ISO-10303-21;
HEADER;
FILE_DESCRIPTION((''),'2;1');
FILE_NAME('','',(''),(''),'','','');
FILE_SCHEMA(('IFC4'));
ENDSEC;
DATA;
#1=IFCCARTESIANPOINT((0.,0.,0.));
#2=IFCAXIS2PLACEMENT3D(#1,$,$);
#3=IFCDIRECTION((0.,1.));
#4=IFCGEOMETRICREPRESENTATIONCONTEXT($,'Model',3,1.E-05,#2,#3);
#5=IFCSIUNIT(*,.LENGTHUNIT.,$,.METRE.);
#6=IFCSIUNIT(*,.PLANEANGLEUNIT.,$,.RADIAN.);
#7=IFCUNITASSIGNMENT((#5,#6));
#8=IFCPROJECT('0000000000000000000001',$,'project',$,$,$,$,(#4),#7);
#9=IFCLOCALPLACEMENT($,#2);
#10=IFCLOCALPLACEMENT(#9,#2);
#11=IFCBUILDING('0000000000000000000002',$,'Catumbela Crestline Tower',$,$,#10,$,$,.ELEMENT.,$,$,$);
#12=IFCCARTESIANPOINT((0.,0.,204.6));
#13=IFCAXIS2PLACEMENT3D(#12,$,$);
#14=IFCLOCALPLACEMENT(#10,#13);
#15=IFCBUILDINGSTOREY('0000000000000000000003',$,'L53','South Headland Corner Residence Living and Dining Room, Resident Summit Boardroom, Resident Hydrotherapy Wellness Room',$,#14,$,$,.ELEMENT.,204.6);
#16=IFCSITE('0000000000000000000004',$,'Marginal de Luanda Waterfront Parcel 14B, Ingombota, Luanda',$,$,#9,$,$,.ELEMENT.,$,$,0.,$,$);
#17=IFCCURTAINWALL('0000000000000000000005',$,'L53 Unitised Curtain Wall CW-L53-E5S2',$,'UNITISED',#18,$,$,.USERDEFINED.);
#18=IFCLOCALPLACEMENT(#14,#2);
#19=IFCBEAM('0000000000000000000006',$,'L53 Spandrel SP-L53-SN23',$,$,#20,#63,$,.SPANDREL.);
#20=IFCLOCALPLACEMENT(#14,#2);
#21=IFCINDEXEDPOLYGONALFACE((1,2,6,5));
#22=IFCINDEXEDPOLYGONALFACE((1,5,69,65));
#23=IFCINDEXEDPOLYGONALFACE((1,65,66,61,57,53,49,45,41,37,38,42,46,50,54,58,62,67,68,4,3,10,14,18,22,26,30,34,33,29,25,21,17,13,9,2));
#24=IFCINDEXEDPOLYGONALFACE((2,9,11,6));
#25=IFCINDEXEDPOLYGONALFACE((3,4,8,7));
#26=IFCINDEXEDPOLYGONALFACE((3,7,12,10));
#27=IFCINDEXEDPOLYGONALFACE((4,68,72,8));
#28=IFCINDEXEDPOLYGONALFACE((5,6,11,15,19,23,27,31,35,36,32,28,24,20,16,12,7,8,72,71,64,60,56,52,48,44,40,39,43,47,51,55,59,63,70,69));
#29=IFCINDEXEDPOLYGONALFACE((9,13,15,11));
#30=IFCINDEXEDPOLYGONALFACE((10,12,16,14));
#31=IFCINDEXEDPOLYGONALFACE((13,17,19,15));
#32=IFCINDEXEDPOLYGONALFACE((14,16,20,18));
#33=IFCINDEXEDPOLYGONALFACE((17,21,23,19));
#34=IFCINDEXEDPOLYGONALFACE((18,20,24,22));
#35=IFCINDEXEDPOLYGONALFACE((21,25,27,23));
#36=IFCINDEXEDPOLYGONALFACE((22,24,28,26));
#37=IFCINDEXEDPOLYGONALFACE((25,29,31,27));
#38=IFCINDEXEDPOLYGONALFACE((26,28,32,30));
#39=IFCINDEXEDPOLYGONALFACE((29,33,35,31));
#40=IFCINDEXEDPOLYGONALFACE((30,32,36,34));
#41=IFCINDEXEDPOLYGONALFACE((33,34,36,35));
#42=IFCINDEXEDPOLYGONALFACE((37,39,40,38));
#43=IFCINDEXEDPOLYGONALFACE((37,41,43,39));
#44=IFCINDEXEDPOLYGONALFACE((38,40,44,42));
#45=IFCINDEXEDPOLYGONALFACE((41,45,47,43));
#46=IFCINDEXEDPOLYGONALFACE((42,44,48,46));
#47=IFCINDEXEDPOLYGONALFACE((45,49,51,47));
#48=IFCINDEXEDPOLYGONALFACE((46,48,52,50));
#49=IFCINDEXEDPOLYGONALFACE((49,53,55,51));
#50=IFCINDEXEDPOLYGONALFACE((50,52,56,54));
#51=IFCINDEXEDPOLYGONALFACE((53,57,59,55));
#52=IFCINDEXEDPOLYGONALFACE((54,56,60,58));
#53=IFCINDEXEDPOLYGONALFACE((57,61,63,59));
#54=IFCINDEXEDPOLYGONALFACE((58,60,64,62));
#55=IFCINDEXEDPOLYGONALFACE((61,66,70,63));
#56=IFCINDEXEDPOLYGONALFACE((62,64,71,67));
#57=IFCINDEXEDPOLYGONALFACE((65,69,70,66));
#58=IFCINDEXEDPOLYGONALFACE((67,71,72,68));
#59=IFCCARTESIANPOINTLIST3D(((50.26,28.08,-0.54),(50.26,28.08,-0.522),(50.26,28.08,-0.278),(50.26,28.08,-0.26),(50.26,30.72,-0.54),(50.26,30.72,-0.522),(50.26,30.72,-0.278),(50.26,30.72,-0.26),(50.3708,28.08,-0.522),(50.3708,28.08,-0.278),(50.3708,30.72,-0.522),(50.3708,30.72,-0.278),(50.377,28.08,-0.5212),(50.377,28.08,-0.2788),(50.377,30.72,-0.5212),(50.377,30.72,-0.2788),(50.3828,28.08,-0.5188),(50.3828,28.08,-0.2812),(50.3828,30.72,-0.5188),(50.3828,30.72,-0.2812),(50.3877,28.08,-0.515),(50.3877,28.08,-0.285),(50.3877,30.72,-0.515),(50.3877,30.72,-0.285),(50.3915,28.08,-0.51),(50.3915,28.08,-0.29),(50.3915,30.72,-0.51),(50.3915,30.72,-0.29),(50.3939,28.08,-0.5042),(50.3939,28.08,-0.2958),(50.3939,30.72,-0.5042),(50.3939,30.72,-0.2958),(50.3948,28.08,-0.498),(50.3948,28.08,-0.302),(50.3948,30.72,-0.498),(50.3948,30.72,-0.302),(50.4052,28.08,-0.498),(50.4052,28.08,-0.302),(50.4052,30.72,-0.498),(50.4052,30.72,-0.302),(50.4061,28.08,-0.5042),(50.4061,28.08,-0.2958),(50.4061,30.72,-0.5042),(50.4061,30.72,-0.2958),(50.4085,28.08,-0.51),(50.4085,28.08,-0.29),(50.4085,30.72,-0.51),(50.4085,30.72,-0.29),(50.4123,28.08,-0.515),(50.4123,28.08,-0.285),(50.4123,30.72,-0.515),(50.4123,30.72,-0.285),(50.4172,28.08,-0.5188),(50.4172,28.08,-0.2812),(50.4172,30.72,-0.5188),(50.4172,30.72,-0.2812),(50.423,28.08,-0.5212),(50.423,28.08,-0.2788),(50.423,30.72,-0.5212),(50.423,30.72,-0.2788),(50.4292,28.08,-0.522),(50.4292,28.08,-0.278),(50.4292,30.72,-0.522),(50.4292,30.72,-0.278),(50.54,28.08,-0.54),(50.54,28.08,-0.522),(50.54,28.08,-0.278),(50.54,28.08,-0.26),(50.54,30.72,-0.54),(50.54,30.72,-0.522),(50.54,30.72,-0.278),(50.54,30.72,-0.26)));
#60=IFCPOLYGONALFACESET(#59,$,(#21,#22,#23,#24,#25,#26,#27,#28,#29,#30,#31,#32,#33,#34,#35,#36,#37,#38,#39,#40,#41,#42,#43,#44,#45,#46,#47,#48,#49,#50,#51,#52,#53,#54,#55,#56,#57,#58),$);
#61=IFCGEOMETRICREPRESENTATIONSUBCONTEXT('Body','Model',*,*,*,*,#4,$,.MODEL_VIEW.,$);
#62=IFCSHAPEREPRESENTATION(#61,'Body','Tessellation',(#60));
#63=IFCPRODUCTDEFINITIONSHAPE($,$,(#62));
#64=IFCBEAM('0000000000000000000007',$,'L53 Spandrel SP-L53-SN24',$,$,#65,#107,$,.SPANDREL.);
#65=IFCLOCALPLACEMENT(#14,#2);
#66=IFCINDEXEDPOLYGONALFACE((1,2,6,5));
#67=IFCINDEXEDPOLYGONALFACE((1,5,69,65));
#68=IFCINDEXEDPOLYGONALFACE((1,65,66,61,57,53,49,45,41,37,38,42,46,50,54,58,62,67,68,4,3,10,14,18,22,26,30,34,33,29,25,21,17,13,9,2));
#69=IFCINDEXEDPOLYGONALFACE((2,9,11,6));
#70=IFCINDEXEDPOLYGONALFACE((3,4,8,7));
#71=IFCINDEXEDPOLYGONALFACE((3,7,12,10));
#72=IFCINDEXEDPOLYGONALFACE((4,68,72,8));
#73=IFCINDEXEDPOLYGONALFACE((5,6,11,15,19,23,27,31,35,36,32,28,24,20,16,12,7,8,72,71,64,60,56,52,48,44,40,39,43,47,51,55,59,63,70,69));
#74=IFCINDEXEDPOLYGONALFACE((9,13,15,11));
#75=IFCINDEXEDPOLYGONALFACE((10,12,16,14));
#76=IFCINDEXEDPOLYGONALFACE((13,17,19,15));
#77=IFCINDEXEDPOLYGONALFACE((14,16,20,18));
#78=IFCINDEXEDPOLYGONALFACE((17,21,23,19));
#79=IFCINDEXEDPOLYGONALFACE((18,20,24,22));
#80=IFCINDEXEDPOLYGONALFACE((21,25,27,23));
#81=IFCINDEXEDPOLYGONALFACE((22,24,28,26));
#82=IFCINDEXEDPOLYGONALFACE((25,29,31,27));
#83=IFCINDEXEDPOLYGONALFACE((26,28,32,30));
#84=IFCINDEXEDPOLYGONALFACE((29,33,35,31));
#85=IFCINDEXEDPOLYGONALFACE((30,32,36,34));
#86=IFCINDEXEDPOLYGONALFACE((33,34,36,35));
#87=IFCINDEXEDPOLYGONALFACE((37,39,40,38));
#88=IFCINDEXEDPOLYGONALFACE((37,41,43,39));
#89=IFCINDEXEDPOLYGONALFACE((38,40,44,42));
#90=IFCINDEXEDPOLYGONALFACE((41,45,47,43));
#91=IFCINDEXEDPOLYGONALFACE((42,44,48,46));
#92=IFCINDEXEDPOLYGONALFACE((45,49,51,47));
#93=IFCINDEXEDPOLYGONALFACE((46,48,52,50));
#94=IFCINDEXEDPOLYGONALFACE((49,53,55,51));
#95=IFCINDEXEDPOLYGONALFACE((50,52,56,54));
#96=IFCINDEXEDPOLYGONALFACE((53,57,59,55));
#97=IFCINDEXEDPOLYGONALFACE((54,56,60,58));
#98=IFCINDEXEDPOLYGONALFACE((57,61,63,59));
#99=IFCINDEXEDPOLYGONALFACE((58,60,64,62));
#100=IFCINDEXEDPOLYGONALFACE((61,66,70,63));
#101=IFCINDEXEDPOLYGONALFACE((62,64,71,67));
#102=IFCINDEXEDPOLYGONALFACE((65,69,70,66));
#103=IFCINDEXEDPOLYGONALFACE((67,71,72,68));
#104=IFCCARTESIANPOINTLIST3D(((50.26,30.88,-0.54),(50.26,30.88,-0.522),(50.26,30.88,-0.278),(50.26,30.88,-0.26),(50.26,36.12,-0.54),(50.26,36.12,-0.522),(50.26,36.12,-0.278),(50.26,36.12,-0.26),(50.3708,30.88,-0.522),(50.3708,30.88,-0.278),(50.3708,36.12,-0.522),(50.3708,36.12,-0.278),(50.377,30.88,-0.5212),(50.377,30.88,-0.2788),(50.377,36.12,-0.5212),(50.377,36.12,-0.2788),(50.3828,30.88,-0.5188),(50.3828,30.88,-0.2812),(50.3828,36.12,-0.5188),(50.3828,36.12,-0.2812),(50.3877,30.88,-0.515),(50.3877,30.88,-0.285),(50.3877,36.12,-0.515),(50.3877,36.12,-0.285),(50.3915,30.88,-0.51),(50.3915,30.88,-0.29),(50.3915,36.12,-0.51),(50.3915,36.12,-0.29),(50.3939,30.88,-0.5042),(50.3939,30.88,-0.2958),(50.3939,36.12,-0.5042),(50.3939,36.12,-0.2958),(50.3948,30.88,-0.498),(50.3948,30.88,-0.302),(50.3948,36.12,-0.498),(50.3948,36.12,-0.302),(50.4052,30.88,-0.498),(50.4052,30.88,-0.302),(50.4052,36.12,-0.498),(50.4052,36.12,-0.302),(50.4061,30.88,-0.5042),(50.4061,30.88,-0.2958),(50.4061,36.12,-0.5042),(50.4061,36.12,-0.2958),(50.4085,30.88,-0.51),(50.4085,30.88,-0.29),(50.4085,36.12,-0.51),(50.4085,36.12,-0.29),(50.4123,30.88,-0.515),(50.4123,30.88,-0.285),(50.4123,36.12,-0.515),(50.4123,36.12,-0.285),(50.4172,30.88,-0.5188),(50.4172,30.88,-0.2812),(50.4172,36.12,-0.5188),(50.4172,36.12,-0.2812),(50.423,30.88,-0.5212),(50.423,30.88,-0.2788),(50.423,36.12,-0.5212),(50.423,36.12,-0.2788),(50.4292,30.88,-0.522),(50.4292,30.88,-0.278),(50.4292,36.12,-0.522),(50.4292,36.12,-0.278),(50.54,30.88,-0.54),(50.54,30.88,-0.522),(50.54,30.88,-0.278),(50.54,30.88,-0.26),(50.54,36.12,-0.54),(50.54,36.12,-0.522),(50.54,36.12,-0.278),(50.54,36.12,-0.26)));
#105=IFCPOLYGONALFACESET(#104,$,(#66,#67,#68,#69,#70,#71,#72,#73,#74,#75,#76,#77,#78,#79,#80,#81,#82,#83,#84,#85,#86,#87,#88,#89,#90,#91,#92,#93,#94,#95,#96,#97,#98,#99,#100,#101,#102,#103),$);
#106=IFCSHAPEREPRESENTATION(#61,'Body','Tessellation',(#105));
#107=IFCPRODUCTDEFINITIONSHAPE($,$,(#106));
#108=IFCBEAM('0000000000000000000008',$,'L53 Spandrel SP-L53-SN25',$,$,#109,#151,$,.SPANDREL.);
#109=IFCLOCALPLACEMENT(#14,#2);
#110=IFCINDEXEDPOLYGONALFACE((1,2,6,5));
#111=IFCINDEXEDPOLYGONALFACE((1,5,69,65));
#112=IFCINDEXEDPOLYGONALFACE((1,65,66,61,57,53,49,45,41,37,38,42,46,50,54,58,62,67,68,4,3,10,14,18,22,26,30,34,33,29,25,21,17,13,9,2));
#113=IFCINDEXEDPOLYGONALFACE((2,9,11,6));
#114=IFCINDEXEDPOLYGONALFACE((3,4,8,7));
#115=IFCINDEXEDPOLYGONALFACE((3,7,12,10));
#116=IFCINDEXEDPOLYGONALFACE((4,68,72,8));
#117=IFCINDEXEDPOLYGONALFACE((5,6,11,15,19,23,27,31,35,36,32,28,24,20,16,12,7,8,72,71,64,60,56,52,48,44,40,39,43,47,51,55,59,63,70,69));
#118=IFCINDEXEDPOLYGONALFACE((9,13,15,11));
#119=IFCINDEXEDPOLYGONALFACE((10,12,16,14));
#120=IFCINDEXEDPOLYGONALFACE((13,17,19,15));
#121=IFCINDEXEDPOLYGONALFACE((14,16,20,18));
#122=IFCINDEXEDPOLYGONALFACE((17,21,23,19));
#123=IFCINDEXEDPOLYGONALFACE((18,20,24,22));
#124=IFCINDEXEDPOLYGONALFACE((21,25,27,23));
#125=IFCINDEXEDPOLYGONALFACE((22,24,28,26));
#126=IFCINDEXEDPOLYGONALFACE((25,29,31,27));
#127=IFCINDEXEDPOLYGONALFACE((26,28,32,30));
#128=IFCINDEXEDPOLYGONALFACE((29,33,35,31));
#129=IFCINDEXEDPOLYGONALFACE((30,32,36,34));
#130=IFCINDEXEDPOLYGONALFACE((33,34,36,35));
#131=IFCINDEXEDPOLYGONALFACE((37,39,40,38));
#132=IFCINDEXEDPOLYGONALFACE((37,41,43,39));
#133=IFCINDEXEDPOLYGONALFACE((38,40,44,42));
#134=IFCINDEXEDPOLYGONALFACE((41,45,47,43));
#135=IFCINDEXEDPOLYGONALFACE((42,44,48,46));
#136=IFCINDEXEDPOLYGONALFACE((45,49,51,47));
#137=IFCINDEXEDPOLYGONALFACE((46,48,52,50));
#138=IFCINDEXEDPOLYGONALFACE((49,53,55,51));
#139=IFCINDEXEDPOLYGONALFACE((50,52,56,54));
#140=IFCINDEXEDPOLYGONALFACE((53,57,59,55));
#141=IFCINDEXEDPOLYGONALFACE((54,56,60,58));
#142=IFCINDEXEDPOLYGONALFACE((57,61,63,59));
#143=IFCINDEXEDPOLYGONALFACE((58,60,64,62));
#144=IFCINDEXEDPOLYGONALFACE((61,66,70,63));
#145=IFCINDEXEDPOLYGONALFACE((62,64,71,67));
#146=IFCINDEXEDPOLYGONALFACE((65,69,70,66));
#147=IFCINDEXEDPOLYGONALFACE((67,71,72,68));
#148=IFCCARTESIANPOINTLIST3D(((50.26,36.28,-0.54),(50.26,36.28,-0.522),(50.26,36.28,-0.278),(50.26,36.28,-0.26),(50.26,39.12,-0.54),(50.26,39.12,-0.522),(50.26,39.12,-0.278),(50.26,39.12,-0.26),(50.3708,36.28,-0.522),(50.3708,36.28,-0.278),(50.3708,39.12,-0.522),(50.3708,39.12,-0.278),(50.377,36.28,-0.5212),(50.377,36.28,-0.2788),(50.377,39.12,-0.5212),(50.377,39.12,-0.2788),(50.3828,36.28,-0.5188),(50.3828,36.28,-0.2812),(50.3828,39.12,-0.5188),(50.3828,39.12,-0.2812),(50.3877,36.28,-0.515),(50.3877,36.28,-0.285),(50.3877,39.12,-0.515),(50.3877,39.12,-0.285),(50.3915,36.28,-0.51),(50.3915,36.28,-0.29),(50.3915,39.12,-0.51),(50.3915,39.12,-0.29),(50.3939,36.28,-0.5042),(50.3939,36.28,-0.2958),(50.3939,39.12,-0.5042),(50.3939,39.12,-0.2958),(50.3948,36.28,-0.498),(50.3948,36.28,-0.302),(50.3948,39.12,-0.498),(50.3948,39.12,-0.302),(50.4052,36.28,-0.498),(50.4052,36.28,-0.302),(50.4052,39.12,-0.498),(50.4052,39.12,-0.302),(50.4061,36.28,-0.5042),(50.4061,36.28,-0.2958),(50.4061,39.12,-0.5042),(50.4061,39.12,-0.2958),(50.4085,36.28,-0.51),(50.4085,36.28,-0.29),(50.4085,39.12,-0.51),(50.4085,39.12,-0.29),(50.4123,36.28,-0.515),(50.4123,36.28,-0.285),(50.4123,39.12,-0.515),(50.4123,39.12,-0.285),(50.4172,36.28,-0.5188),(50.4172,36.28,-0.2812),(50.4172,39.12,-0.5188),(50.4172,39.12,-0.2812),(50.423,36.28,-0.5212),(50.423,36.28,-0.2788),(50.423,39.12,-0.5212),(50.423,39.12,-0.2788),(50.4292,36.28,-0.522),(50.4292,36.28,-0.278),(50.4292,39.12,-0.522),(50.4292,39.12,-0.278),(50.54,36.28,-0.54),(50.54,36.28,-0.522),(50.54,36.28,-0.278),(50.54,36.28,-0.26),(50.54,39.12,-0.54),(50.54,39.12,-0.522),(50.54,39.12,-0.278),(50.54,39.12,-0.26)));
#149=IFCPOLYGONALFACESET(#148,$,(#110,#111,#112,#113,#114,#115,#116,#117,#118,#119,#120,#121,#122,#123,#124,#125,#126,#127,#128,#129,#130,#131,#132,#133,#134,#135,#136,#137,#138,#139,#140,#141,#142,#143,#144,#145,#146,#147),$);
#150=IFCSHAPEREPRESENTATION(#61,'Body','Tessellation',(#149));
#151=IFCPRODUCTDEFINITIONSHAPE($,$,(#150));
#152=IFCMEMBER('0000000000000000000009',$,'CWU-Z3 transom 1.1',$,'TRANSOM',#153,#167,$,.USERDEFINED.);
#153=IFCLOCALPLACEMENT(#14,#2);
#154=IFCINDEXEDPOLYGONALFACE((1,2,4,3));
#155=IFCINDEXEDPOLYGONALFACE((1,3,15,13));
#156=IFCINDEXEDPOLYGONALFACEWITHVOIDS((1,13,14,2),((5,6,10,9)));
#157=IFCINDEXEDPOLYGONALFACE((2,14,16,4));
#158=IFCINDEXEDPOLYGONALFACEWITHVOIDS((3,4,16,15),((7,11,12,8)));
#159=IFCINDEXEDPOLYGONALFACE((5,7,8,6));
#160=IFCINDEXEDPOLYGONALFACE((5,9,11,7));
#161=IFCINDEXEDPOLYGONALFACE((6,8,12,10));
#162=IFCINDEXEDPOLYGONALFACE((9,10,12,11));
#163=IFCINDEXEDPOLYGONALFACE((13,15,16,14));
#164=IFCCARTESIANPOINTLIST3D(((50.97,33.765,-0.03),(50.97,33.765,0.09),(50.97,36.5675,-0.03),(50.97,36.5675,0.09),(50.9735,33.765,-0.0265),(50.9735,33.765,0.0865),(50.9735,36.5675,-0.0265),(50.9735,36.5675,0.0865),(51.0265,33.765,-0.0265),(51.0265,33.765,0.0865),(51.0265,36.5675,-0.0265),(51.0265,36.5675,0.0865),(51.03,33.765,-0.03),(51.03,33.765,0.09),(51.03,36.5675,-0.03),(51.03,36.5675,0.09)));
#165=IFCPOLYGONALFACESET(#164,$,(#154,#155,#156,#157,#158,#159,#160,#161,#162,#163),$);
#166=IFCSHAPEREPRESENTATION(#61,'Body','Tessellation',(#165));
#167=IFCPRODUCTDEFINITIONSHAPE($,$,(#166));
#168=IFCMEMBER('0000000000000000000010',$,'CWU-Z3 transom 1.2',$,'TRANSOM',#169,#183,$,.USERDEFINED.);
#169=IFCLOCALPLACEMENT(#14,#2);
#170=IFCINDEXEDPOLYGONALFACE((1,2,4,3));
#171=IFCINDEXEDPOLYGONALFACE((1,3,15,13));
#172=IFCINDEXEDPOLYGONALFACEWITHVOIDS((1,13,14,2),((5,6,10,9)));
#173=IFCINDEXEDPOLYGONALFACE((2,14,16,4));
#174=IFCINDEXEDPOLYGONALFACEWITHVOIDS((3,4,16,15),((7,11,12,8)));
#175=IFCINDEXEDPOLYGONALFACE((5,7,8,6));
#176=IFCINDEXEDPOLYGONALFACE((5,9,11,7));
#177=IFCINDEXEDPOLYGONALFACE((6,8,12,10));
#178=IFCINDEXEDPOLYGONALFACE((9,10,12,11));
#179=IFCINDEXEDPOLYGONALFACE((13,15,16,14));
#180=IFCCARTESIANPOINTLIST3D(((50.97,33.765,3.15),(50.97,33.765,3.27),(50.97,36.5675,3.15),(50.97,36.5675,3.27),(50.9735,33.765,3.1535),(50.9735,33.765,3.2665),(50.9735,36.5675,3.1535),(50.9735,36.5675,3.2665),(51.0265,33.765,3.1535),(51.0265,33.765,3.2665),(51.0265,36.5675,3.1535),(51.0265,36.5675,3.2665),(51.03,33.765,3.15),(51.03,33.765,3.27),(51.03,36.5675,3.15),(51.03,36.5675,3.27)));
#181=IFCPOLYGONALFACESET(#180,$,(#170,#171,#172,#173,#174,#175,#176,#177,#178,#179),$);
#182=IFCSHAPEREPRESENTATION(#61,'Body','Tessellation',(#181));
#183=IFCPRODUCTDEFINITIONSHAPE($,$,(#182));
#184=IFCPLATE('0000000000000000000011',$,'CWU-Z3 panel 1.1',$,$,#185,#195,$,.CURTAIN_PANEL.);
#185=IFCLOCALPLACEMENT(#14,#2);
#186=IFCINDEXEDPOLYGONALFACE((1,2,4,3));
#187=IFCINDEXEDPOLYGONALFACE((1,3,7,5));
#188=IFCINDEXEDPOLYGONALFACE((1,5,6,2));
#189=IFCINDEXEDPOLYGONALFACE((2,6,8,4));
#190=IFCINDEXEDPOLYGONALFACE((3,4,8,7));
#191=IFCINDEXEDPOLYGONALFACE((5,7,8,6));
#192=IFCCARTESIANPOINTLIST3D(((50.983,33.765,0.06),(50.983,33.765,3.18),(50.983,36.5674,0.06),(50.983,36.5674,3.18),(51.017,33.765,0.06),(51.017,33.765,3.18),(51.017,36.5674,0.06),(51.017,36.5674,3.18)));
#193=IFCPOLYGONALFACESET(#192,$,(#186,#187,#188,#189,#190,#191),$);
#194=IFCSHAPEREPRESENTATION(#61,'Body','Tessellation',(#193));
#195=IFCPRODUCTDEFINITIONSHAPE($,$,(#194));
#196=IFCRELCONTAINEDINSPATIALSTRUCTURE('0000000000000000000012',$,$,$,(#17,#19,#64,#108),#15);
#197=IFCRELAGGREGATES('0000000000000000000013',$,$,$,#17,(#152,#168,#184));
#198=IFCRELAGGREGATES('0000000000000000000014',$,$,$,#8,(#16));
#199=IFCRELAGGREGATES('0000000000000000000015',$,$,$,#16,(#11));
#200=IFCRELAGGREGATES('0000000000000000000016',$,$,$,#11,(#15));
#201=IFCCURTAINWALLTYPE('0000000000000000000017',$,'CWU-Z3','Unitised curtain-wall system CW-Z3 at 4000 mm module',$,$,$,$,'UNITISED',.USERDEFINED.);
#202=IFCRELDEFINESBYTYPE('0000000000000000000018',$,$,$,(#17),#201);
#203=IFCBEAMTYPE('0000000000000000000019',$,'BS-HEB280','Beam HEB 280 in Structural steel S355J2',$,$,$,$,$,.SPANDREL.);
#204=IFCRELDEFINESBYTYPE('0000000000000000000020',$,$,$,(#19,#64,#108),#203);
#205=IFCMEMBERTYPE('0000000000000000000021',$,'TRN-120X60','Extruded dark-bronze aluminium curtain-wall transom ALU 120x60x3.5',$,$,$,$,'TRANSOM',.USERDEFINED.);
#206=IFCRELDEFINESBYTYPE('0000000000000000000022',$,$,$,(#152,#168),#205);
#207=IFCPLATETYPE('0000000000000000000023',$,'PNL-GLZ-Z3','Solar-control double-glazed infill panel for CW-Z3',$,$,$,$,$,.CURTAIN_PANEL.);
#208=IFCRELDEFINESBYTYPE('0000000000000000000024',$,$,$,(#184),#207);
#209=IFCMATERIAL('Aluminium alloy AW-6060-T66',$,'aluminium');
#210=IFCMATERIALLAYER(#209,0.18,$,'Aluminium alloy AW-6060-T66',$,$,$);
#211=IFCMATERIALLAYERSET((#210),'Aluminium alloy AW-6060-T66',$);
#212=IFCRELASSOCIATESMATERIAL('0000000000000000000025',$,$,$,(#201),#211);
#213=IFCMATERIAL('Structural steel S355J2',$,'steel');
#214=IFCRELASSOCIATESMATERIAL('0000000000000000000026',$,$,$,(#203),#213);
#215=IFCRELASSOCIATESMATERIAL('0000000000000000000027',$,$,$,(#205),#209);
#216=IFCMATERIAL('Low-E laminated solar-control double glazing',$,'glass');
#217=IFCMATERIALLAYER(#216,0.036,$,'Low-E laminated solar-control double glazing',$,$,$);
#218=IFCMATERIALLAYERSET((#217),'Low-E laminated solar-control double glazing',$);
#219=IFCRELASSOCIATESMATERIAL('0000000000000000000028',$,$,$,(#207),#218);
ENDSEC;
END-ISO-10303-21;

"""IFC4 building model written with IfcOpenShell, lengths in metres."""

from ifc_helpers import new_model, si_unit, direction, frame, origin, origin_2d, place, context, subcontext, project, spatial, rectangle, hollow_rectangle, i_section, extrude, material, layer, layer_set, material_profile, profile_set, type_object, element, aggregate, save


model = new_model("IFC4")

# Units and contexts
model_context = context("Model", 3, precision=1e-05, world=origin(), true_north=direction((0.0, 1.0)))
body_context = subcontext(model_context, "Body", "Model", "MODEL_VIEW")
ifc_project = project(units=[si_unit("LENGTHUNIT", "METRE"), si_unit("PLANEANGLEUNIT", "RADIAN")], contexts=[model_context])

# Site, building, storey
site_placement = place(None, origin())
site = spatial("IfcSite", under=ifc_project, at=site_placement, Name="Marginal de Luanda Waterfront Parcel 14B, Ingombota, Luanda", CompositionType="ELEMENT", RefElevation=0.0)
building_placement = place(site_placement, origin())
building = spatial("IfcBuilding", under=site, at=building_placement, Name="Catumbela Crestline Tower", CompositionType="ELEMENT")
storey_placement = place(building_placement, frame((0.0, 0.0, 204.6)))
storey = spatial("IfcBuildingStorey", under=building, at=storey_placement, Name="L53", Description="South Headland Corner Residence Living and Dining Room, Resident Summit Boardroom, Resident Hydrotherapy Wellness Room", CompositionType="ELEMENT", Elevation=204.6)

# Shared definitions
ifc_material_1 = material(Name="Structural steel S355J2", Category="steel")

# Curtain wall
ifc_material_2 = material(Name="Aluminium alloy AW-6060-T66", Category="aluminium")
ifc_layer_1 = layer(ifc_material_2, 0.18, Name="Aluminium alloy AW-6060-T66")
ifc_layer_set_1 = layer_set([ifc_layer_1], Name="Aluminium alloy AW-6060-T66")
curtain_wall_type = type_object("IfcCurtainWallType", Name="CWU-Z3", Description="Unitised curtain-wall system CW-Z3 at 4000 mm module", ElementType="UNITISED", PredefinedType="USERDEFINED", material=ifc_layer_set_1)
curtain_wall_placement = place(storey_placement, origin())
curtain_wall = element("IfcCurtainWall", 1, at=curtain_wall_placement, inside=storey, type_object=curtain_wall_type, Name="L53 Unitised Curtain Wall CW-L53-E5S2", ObjectType="UNITISED", PredefinedType="USERDEFINED")

# Beams
ifc_material_profile_1 = material_profile(ifc_material_1, i_section(OverallWidth=0.28, OverallDepth=0.28, WebThickness=0.0105, FlangeThickness=0.018, FilletRadius=0.024, at=origin_2d()), Name="HEB 280")
ifc_profile_set_1 = profile_set([ifc_material_profile_1], Name="Structural steel S355J2")
beam_type_1 = type_object("IfcBeamType", Name="BS-HEB280", Description="Beam HEB 280 in Structural steel S355J2", PredefinedType="SPANDREL", material=ifc_profile_set_1)
beam_1_placement = place(storey_placement, frame((50.4, 28.08, -0.4), z_axis=(0.0, 1.0, 0.0), x_axis=(-1.0, 0.0, 0.0)))
element("IfcBeam", 2, at=beam_1_placement, inside=storey, type_object=beam_type_1, Name="L53 Spandrel SP-L53-SN23", PredefinedType="SPANDREL", context=body_context, shape_type="SweptSolid", body=[
    extrude(i_section(OverallWidth=0.28, OverallDepth=0.28, WebThickness=0.0105, FlangeThickness=0.018, FilletRadius=0.024, at=origin_2d()), origin(), (0.0, 0.0, 1.0), 2.64),
])
beam_2_placement = place(storey_placement, frame((50.4, 30.88, -0.4), z_axis=(0.0, 1.0, 0.0), x_axis=(-1.0, 0.0, 0.0)))
element("IfcBeam", 3, at=beam_2_placement, inside=storey, type_object=beam_type_1, Name="L53 Spandrel SP-L53-SN24", PredefinedType="SPANDREL", context=body_context, shape_type="SweptSolid", body=[
    extrude(i_section(OverallWidth=0.28, OverallDepth=0.28, WebThickness=0.0105, FlangeThickness=0.018, FilletRadius=0.024, at=origin_2d()), origin(), (0.0, 0.0, 1.0), 5.24),
])
beam_3_placement = place(storey_placement, frame((50.4, 36.28, -0.4), z_axis=(0.0, 1.0, 0.0), x_axis=(-1.0, 0.0, 0.0)))
element("IfcBeam", 4, at=beam_3_placement, inside=storey, type_object=beam_type_1, Name="L53 Spandrel SP-L53-SN25", PredefinedType="SPANDREL", context=body_context, shape_type="SweptSolid", body=[
    extrude(i_section(OverallWidth=0.28, OverallDepth=0.28, WebThickness=0.0105, FlangeThickness=0.018, FilletRadius=0.024, at=origin_2d()), origin(), (0.0, 0.0, 1.0), 2.84),
])

# Members
ifc_material_profile_2 = material_profile(ifc_material_2, hollow_rectangle(XDim=0.06, YDim=0.12, WallThickness=0.0035, at=origin_2d()), Name="ALU 120x60x3.5")
ifc_profile_set_2 = profile_set([ifc_material_profile_2], Name="Aluminium alloy AW-6060-T66")
member_type_1 = type_object("IfcMemberType", Name="TRN-120X60", Description="Extruded dark-bronze aluminium curtain-wall transom ALU 120x60x3.5", ElementType="TRANSOM", PredefinedType="USERDEFINED", material=ifc_profile_set_2)
member_1_placement = place(storey_placement, frame((51.0, 33.765, 0.03), z_axis=(0.0, 1.0, 0.0), x_axis=(-1.0, 0.0, 0.0)))
member_1 = element("IfcMember", 5, at=member_1_placement, type_object=member_type_1, Name="CWU-Z3 transom 1.1", ObjectType="TRANSOM", PredefinedType="USERDEFINED", context=body_context, shape_type="SweptSolid", body=[
    extrude(hollow_rectangle(XDim=0.06, YDim=0.12, WallThickness=0.0035, at=origin_2d()), origin(), (0.0, 0.0, 1.0), 2.8025),
])
member_2_placement = place(storey_placement, frame((51.0, 33.765, 3.21), z_axis=(0.0, 1.0, 0.0), x_axis=(-1.0, 0.0, 0.0)))
member_2 = element("IfcMember", 6, at=member_2_placement, type_object=member_type_1, Name="CWU-Z3 transom 1.2", ObjectType="TRANSOM", PredefinedType="USERDEFINED", context=body_context, shape_type="SweptSolid", body=[
    extrude(hollow_rectangle(XDim=0.06, YDim=0.12, WallThickness=0.0035, at=origin_2d()), origin(), (0.0, 0.0, 1.0), 2.8025),
])

# Plate
ifc_material_3 = material(Name="Low-E laminated solar-control double glazing", Category="glass")
ifc_layer_2 = layer(ifc_material_3, 0.036, Name="Low-E laminated solar-control double glazing")
ifc_layer_set_2 = layer_set([ifc_layer_2], Name="Low-E laminated solar-control double glazing")
plate_type = type_object("IfcPlateType", Name="PNL-GLZ-Z3", Description="Solar-control double-glazed infill panel for CW-Z3", PredefinedType="CURTAIN_PANEL", material=ifc_layer_set_2)
plate_placement = place(storey_placement, frame((51.0, 35.1662, 0.06), z_axis=(0.0, 0.0, 1.0), x_axis=(0.0, 1.0, 0.0)))
plate = element("IfcPlate", 7, at=plate_placement, type_object=plate_type, Name="CWU-Z3 panel 1.1", PredefinedType="CURTAIN_PANEL", context=body_context, shape_type="SweptSolid", body=[
    extrude(rectangle(XDim=2.8025, YDim=0.034, at=origin_2d()), origin(), (0.0, 0.0, 1.0), 3.12),
])
aggregate(curtain_wall, [member_1, member_2, plate])

save(model, "model.ifc")
